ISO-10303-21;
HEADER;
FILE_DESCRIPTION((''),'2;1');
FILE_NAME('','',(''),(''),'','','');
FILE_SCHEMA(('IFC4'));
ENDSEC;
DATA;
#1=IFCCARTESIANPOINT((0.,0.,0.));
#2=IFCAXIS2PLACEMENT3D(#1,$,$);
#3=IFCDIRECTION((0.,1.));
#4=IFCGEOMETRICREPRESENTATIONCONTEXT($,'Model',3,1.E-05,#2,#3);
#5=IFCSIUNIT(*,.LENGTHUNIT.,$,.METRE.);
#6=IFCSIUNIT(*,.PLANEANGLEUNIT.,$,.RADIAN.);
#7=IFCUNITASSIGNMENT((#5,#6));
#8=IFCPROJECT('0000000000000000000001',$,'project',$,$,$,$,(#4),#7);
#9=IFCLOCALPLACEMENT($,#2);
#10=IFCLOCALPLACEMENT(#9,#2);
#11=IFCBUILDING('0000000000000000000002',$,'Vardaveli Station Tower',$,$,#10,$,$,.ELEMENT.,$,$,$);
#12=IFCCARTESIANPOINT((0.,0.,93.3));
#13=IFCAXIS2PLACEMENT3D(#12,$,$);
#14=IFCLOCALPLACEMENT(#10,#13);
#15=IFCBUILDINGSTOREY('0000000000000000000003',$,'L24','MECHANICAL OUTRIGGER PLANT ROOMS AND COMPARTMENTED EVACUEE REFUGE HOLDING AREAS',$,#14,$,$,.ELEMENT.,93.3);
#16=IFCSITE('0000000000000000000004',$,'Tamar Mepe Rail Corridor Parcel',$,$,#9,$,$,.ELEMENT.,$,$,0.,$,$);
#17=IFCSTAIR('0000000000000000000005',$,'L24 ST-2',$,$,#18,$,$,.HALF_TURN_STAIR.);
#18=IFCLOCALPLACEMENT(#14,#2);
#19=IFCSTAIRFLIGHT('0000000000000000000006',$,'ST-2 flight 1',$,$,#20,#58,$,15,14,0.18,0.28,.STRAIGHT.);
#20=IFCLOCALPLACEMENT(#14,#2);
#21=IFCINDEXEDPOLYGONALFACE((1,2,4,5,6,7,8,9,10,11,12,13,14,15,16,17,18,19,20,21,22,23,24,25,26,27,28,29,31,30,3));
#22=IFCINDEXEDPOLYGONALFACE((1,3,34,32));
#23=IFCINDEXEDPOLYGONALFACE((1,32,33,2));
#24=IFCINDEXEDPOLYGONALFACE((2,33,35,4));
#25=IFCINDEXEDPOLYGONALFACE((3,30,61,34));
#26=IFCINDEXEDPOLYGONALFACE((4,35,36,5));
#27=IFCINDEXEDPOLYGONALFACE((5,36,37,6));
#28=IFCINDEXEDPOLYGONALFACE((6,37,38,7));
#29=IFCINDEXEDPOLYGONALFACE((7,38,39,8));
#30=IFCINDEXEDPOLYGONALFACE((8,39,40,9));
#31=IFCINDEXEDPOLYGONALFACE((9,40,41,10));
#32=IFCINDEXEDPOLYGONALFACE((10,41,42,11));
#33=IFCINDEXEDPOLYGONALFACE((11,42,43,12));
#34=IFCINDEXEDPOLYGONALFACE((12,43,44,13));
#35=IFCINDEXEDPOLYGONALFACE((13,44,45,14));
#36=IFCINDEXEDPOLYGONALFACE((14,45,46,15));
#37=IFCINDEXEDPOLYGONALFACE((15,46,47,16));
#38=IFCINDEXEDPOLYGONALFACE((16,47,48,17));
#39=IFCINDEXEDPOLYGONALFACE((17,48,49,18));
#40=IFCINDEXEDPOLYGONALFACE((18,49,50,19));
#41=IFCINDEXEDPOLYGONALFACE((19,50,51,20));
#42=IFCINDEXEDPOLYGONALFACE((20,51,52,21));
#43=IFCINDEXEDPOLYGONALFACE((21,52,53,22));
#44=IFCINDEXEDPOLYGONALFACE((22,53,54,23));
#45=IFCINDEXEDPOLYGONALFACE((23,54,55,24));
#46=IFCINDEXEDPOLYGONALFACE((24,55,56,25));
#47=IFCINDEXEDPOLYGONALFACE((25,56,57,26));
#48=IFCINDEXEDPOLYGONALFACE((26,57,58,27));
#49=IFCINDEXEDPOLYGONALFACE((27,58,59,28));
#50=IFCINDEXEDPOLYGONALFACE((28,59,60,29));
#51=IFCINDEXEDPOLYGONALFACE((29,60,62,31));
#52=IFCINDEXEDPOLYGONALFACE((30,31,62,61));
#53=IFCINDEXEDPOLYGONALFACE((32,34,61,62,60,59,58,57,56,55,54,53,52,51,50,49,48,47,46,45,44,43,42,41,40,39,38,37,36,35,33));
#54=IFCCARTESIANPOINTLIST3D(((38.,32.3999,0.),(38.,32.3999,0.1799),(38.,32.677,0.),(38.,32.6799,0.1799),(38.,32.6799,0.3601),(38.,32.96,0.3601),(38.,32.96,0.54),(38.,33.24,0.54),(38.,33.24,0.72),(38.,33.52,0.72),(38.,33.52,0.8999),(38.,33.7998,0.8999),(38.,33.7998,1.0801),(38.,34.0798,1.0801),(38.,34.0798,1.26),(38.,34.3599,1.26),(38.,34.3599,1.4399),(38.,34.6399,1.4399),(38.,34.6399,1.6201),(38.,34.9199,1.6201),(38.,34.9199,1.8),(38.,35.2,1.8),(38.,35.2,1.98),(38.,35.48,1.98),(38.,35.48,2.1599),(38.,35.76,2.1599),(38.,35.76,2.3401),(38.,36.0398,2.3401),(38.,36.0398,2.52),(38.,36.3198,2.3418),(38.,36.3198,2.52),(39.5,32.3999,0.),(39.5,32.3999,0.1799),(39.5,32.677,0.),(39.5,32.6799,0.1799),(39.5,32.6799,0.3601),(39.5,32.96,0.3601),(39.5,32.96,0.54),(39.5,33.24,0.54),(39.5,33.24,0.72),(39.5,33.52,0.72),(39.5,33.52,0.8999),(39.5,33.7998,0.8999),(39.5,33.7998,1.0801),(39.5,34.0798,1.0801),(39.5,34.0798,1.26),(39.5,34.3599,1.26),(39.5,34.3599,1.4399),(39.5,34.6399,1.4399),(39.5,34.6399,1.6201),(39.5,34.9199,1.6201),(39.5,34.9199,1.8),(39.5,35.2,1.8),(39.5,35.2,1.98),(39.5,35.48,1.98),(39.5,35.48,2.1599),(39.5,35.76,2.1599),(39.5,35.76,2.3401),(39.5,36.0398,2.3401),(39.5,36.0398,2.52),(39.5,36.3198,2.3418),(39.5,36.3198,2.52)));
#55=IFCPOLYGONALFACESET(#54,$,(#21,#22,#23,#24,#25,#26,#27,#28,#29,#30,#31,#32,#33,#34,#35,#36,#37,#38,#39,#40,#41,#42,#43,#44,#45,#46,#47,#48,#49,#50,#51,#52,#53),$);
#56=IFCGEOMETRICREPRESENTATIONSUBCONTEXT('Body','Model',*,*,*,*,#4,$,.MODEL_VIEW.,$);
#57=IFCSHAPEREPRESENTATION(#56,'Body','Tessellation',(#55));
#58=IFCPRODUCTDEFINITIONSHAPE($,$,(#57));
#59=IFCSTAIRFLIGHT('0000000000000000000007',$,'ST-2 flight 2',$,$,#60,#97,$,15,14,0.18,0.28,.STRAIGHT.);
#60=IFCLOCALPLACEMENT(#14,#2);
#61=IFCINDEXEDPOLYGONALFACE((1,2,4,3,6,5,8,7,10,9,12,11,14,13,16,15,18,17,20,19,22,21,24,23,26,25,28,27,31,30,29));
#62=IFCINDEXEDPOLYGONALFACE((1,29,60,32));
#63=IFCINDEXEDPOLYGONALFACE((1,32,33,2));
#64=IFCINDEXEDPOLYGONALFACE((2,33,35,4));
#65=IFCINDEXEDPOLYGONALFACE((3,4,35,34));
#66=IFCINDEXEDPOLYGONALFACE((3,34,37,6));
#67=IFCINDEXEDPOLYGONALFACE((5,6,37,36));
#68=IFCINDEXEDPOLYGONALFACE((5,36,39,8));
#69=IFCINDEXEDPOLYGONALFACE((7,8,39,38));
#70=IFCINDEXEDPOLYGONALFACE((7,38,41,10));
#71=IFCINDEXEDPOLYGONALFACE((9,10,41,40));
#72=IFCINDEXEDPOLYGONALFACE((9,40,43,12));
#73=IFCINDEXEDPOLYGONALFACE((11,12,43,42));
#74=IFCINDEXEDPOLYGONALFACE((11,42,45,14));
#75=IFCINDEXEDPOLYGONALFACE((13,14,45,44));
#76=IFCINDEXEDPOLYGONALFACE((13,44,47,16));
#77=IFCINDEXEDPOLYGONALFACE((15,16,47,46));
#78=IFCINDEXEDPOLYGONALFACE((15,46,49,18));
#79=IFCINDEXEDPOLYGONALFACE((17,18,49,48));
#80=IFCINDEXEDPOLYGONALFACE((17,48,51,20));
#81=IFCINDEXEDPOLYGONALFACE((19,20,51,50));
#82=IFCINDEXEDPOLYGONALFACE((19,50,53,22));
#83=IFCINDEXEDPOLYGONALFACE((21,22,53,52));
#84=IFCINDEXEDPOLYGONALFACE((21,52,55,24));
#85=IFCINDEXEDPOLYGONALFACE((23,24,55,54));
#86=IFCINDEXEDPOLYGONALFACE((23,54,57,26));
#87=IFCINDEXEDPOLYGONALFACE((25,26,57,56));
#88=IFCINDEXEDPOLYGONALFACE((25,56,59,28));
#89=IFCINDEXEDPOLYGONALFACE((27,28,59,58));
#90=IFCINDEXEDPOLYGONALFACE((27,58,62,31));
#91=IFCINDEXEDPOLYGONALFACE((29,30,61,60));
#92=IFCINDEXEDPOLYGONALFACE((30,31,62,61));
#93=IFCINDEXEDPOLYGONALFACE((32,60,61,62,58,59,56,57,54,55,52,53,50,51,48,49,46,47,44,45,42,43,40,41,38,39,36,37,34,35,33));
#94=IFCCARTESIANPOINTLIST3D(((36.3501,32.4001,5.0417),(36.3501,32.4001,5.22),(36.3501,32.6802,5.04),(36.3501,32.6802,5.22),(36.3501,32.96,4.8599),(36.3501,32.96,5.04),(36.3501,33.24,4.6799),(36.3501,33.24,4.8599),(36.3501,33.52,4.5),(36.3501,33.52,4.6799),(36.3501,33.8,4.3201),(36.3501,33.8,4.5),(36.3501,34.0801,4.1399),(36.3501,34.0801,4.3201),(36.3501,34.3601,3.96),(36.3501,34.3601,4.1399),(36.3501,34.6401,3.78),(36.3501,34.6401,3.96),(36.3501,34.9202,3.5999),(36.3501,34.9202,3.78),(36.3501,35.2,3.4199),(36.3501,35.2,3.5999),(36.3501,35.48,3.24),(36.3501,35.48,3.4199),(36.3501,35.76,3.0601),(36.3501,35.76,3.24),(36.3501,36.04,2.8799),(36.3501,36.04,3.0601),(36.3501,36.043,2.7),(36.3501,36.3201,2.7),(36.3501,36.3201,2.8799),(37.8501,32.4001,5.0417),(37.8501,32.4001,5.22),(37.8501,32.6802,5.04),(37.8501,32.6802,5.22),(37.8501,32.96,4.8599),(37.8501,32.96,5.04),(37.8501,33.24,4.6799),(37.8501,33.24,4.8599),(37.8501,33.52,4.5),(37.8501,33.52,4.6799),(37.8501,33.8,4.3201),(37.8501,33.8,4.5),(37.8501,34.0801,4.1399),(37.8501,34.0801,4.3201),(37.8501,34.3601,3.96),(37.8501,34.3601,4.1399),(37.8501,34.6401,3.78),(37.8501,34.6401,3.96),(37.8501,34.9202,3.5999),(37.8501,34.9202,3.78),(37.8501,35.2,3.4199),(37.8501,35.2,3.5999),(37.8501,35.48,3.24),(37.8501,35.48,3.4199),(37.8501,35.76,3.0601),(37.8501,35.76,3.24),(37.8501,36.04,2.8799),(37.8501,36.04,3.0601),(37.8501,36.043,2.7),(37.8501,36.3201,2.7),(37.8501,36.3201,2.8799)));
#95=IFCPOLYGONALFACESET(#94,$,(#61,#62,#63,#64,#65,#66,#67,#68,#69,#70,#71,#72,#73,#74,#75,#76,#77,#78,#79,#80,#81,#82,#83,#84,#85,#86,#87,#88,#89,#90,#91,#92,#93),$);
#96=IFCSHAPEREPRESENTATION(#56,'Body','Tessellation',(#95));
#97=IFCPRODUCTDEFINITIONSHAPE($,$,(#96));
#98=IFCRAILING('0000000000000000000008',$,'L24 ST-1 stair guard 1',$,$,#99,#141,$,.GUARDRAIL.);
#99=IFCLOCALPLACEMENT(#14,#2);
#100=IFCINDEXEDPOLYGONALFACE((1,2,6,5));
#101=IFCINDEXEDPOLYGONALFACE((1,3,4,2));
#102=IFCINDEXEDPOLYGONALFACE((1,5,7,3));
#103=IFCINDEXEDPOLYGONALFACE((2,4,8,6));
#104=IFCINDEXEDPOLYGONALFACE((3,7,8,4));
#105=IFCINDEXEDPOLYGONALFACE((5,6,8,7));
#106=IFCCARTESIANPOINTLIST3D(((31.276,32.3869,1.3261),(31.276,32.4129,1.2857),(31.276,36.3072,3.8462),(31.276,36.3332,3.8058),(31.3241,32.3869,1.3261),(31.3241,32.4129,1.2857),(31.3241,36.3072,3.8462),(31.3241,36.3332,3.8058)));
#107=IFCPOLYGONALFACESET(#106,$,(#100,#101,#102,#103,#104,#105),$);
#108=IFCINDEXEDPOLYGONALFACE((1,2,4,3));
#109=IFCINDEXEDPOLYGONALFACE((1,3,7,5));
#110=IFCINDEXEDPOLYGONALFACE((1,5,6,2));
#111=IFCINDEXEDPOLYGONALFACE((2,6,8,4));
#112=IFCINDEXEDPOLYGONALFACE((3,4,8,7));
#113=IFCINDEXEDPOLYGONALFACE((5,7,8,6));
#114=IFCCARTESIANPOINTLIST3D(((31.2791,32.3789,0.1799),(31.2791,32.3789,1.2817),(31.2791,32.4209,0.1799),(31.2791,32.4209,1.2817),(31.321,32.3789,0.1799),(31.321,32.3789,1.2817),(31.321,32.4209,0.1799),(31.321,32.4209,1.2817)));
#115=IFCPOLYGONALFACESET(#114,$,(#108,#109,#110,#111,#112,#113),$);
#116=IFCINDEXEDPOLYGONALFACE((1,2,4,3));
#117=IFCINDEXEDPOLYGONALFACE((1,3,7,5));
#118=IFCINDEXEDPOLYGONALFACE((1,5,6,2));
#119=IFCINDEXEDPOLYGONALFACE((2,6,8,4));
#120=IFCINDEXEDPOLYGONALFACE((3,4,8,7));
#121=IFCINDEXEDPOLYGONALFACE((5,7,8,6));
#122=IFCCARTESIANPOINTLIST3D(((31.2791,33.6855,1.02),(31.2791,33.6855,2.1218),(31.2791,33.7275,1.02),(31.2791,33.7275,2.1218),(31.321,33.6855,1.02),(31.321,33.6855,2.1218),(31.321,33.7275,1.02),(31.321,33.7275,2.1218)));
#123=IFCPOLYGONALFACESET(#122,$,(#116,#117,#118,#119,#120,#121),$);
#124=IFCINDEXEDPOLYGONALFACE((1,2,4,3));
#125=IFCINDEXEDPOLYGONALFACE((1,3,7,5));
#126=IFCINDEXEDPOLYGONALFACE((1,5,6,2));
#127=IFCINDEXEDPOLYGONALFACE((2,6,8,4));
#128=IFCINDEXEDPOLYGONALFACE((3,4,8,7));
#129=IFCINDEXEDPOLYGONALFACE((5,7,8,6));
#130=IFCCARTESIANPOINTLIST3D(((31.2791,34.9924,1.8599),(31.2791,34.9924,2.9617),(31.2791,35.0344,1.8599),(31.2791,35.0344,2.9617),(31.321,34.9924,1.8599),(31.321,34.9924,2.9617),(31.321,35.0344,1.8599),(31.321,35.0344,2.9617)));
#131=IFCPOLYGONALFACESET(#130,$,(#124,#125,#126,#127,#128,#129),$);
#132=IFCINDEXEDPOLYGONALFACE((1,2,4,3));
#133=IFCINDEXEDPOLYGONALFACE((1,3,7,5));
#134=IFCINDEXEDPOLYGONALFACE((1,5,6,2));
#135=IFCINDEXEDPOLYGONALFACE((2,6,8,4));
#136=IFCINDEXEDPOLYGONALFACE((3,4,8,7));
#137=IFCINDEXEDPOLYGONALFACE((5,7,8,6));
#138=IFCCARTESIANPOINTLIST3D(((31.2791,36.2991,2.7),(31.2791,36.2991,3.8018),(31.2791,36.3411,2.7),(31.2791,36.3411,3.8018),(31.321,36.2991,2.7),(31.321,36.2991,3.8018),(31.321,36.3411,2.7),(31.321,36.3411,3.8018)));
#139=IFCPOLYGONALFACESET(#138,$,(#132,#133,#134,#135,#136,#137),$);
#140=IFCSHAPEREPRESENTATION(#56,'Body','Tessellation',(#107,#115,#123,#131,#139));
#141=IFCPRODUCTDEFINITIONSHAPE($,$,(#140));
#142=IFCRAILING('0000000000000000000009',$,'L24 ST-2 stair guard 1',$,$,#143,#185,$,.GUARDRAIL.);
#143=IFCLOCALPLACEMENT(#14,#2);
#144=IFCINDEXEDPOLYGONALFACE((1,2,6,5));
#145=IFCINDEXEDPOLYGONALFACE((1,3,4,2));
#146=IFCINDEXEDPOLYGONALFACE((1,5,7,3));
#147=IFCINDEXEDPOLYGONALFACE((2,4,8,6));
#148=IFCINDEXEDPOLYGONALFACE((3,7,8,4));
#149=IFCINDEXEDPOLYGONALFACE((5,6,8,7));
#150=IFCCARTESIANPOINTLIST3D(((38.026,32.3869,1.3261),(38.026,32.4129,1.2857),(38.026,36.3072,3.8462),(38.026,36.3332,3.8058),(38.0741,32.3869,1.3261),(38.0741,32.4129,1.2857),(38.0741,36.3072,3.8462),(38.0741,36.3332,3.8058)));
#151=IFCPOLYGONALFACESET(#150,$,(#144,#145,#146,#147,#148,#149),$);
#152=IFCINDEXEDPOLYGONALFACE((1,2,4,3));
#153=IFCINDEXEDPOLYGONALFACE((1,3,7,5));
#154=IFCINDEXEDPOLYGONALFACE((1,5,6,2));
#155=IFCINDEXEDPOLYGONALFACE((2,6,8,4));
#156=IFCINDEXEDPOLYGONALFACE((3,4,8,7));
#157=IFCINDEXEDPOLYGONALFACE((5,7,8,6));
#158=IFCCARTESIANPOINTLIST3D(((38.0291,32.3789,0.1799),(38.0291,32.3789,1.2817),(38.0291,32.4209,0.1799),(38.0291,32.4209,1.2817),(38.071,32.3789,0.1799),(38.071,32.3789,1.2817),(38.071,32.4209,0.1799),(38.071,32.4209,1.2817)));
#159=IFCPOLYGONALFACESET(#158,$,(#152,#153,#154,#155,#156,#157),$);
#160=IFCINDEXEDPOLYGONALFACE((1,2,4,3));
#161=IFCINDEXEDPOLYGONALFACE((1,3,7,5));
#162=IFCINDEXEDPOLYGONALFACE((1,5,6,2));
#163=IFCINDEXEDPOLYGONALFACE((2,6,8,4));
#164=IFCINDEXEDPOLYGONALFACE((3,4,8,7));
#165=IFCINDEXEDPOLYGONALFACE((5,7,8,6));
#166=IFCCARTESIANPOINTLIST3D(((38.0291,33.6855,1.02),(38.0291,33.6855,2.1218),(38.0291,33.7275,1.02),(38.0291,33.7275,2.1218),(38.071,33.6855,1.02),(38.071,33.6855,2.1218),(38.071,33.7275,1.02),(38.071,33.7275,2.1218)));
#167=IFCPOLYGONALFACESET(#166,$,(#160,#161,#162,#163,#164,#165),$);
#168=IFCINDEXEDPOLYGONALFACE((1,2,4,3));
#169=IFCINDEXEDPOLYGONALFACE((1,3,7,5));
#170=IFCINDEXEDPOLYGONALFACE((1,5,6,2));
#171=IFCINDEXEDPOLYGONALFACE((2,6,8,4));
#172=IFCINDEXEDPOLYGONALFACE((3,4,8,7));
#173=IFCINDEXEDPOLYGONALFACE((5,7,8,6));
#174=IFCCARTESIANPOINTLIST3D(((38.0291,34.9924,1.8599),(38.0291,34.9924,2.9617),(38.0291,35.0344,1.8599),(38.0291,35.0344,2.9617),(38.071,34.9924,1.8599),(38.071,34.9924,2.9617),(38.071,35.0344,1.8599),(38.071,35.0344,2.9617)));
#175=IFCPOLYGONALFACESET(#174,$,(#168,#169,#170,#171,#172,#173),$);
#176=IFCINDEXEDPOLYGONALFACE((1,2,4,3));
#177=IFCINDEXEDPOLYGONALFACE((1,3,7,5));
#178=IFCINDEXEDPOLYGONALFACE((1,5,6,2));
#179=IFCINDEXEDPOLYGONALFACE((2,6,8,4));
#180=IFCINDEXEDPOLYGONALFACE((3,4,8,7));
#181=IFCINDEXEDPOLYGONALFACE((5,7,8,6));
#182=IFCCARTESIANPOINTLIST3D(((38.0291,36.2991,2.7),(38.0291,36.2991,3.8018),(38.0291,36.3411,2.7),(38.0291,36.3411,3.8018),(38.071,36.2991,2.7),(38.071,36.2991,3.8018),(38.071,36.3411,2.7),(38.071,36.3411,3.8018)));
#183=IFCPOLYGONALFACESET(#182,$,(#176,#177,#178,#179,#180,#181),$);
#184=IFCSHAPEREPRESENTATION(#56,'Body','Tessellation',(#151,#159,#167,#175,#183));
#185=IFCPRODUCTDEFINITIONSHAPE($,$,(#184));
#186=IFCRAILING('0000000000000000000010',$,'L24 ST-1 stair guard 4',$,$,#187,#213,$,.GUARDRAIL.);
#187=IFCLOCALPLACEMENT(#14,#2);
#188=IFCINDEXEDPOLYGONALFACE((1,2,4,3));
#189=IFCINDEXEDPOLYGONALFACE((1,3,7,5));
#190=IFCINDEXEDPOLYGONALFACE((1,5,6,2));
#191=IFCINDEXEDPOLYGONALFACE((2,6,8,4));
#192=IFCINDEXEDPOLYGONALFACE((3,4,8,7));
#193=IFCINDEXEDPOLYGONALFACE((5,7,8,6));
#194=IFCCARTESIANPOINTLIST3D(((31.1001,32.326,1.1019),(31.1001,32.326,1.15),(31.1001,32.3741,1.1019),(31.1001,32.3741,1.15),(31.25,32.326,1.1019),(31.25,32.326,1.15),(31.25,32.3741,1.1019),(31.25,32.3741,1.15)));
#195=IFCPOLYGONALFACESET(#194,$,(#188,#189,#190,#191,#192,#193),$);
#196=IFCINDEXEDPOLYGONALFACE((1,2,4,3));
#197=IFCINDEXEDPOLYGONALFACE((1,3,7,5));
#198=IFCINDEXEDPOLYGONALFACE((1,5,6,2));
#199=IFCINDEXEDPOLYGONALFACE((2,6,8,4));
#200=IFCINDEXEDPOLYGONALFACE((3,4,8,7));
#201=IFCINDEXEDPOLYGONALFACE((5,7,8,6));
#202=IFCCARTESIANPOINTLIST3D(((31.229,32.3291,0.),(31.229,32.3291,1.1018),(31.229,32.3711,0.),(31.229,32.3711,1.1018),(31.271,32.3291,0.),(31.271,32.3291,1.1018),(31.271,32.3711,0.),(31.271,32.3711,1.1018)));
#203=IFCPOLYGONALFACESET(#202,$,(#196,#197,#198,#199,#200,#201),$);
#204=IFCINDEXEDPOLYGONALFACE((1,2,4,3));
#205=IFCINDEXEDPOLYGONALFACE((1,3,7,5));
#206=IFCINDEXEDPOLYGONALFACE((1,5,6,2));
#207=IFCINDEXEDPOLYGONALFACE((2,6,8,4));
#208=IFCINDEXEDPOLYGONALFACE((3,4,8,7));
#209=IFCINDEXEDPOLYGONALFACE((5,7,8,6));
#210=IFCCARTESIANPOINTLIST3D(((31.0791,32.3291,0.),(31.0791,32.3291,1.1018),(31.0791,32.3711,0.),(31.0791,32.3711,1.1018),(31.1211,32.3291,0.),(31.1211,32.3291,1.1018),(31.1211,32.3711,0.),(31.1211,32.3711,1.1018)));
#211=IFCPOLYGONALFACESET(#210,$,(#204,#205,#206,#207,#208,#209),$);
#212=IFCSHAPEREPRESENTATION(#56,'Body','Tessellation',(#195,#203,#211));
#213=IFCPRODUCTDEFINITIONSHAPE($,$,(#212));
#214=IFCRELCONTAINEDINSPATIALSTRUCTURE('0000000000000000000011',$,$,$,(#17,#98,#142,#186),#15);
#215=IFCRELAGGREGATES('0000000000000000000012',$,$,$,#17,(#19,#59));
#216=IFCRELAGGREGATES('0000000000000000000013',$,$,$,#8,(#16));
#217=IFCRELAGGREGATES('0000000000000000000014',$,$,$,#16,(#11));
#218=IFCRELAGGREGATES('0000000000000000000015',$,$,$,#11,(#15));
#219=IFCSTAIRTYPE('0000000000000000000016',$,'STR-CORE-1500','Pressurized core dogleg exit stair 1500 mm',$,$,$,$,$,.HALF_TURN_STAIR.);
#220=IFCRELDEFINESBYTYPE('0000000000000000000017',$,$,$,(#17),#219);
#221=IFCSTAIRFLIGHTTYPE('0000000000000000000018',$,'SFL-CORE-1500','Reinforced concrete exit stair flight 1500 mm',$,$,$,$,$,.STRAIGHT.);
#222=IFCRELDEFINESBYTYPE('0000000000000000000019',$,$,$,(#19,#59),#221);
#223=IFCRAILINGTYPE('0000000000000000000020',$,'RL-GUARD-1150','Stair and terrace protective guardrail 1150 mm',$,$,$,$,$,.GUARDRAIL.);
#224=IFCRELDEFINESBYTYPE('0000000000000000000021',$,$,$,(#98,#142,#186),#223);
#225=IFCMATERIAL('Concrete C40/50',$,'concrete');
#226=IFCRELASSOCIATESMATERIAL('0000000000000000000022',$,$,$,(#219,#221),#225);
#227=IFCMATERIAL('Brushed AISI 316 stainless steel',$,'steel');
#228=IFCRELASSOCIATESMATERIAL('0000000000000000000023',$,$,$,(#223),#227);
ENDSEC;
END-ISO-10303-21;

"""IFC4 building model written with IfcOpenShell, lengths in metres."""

from ifc_helpers import new_model, si_unit, direction, frame, origin, origin_2d, place, context, subcontext, project, spatial, polyline, rectangle, outline, extrude, source, transform, mapped, material, type_object, element, aggregate, save


model = new_model("IFC4")

# Units and contexts
model_context = context("Model", 3, precision=1e-05, world=origin(), true_north=direction((0.0, 1.0)))
body_context = subcontext(model_context, "Body", "Model", "MODEL_VIEW")
ifc_project = project(units=[si_unit("LENGTHUNIT", "METRE"), si_unit("PLANEANGLEUNIT", "RADIAN")], contexts=[model_context])

# Site, building, storey
site_placement = place(None, origin())
site = spatial("IfcSite", under=ifc_project, at=site_placement, Name="Tamar Mepe Rail Corridor Parcel", CompositionType="ELEMENT", RefElevation=0.0)
building_placement = place(site_placement, origin())
building = spatial("IfcBuilding", under=site, at=building_placement, Name="Vardaveli Station Tower", CompositionType="ELEMENT")
storey_placement = place(building_placement, frame((0.0, 0.0, 93.3)))
storey = spatial("IfcBuildingStorey", under=building, at=storey_placement, Name="L24", Description="MECHANICAL OUTRIGGER PLANT ROOMS AND COMPARTMENTED EVACUEE REFUGE HOLDING AREAS", CompositionType="ELEMENT", Elevation=93.3)

# Shared definitions
ifc_material_1 = material(Name="Concrete C40/50", Category="concrete")

# Shared definitions
stair_type = type_object("IfcStairType", Name="STR-CORE-1500", Description="Pressurized core dogleg exit stair 1500 mm", PredefinedType="HALF_TURN_STAIR", material=ifc_material_1)
stair_flight_type = type_object("IfcStairFlightType", Name="SFL-CORE-1500", Description="Reinforced concrete exit stair flight 1500 mm", PredefinedType="STRAIGHT", material=ifc_material_1)
shared_shape_1 = source(origin(), body_context, "Body", "SweptSolid", [
    extrude(outline(polyline([(0.0, 0.0), (0.0, 0.1799), (0.28, 0.1799), (0.28, 0.3601), (0.5601, 0.3601), (0.5601, 0.54), (0.8401, 0.54), (0.8401, 0.72), (1.1201, 0.72), (1.1201, 0.8999), (1.3999, 0.8999), (1.3999, 1.0801), (1.6799, 1.0801), (1.6799, 1.26), (1.96, 1.26), (1.96, 1.4399), (2.24, 1.4399), (2.24, 1.6201), (2.52, 1.6201), (2.52, 1.8), (2.8, 1.8), (2.8, 1.98), (3.0801, 1.98), (3.0801, 2.1599), (3.3601, 2.1599), (3.3601, 2.3401), (3.6399, 2.3401), (3.6399, 2.52), (3.9199, 2.52), (3.9199, 2.7), (3.9199, 2.3418), (0.2771, 0.0), (0.0, 0.0)])), frame((0.0, 0.75, 0.0), z_axis=(0.0, -1.0, 0.0), x_axis=(1.0, 0.0, 0.0)), (0.0, 0.0, 1.0), 1.5),
])

# Stair, stair flights
stair_1_placement = place(storey_placement, origin())
stair_1 = element("IfcStair", 1, at=stair_1_placement, inside=storey, type_object=stair_type, Name="L24 ST-2", PredefinedType="HALF_TURN_STAIR")
stair_flight_1_placement = place(storey_placement, frame((38.75, 32.3999, 0.0), z_axis=(0.0, 0.0, 1.0), x_axis=(0.0, 1.0, 0.0)))
stair_flight_1 = element("IfcStairFlight", 2, at=stair_flight_1_placement, type_object=stair_flight_type, Name="ST-2 flight 1", NumberOfRisers=15, NumberOfTreads=14, PredefinedType="STRAIGHT", RiserHeight=0.18, TreadLength=0.28, context=body_context, shape_type="MappedRepresentation", body=[
    mapped(shared_shape_1, transform((0.0, 0.0, 0.0), scale=1.0)),
])
stair_flight_2_placement = place(storey_placement, frame((37.1001, 36.3201, 2.7), z_axis=(0.0, 0.0, 1.0), x_axis=(0.0, -1.0, 0.0)))
stair_flight_2 = element("IfcStairFlight", 3, at=stair_flight_2_placement, type_object=stair_flight_type, Name="ST-2 flight 2", NumberOfRisers=15, NumberOfTreads=14, PredefinedType="STRAIGHT", RiserHeight=0.18, TreadLength=0.28, context=body_context, shape_type="MappedRepresentation", body=[
    mapped(shared_shape_1, transform((0.0, 0.0, 0.0), scale=1.0)),
])
aggregate(stair_1, [stair_flight_1, stair_flight_2])

# Railings
ifc_material_2 = material(Name="Brushed AISI 316 stainless steel", Category="steel")
railing_type_1 = type_object("IfcRailingType", Name="RL-GUARD-1150", Description="Stair and terrace protective guardrail 1150 mm", PredefinedType="GUARDRAIL", material=ifc_material_2)
shared_shape_2 = source(origin(), body_context, "Body", "SweptSolid", [
    extrude(rectangle(XDim=0.0481, YDim=0.0481, at=origin_2d()), frame((0.0, 0.0, 1.126), z_axis=(0.0, 0.841187, 0.540744), x_axis=(-1.0, 0.0, 0.0)), (0.0, 0.0, 1.0), 4.6604),
    extrude(rectangle(XDim=0.042, YDim=0.042, at=origin_2d()), origin(), (0.0, 0.0, 1.0), 1.1018),
    extrude(rectangle(XDim=0.042, YDim=0.042, at=origin_2d()), frame((0.0, 1.3066, 0.8401)), (0.0, 0.0, 1.0), 1.1018),
    extrude(rectangle(XDim=0.042, YDim=0.042, at=origin_2d()), frame((0.0, 2.6135, 1.6799)), (0.0, 0.0, 1.0), 1.1018),
    extrude(rectangle(XDim=0.042, YDim=0.042, at=origin_2d()), frame((0.0, 3.9202, 2.52)), (0.0, 0.0, 1.0), 1.1018),
])
for number, where, name in (
    (4, (31.3, 32.3999, 0.1799), "L24 ST-1 stair guard 1"),
    (5, (38.05, 32.3999, 0.1799), "L24 ST-2 stair guard 1"),
):
    element("IfcRailing", number, at=place(storey_placement, frame(where)), inside=storey, type_object=railing_type_1, Name=name, PredefinedType="GUARDRAIL", context=body_context, shape_type="MappedRepresentation", body=[
        mapped(shared_shape_2, transform((0.0, 0.0, 0.0), scale=1.0)),
    ])
shared_shape_3 = source(origin(), body_context, "Body", "SweptSolid", [
    extrude(rectangle(XDim=0.0481, YDim=0.0481, at=origin_2d()), frame((0.0, 0.0, 1.126), z_axis=(-1.0, 0.0, 0.0), x_axis=(0.0, -1.0, 0.0)), (0.0, 0.0, 1.0), 0.1499),
    extrude(rectangle(XDim=0.042, YDim=0.042, at=origin_2d()), origin(), (0.0, 0.0, 1.0), 1.1018),
    extrude(rectangle(XDim=0.042, YDim=0.042, at=origin_2d()), frame((-0.1499, 0.0, 0.0)), (0.0, 0.0, 1.0), 1.1018),
])
for number, where, name in (
    (6, (31.25, 32.3501, 0.0), "L24 ST-1 stair guard 4"),
):
    element("IfcRailing", number, at=place(storey_placement, frame(where)), inside=storey, type_object=railing_type_1, Name=name, PredefinedType="GUARDRAIL", context=body_context, shape_type="MappedRepresentation", body=[
        mapped(shared_shape_3, transform((0.0, 0.0, 0.0), scale=1.0)),
    ])

save(model, "model.ifc")
